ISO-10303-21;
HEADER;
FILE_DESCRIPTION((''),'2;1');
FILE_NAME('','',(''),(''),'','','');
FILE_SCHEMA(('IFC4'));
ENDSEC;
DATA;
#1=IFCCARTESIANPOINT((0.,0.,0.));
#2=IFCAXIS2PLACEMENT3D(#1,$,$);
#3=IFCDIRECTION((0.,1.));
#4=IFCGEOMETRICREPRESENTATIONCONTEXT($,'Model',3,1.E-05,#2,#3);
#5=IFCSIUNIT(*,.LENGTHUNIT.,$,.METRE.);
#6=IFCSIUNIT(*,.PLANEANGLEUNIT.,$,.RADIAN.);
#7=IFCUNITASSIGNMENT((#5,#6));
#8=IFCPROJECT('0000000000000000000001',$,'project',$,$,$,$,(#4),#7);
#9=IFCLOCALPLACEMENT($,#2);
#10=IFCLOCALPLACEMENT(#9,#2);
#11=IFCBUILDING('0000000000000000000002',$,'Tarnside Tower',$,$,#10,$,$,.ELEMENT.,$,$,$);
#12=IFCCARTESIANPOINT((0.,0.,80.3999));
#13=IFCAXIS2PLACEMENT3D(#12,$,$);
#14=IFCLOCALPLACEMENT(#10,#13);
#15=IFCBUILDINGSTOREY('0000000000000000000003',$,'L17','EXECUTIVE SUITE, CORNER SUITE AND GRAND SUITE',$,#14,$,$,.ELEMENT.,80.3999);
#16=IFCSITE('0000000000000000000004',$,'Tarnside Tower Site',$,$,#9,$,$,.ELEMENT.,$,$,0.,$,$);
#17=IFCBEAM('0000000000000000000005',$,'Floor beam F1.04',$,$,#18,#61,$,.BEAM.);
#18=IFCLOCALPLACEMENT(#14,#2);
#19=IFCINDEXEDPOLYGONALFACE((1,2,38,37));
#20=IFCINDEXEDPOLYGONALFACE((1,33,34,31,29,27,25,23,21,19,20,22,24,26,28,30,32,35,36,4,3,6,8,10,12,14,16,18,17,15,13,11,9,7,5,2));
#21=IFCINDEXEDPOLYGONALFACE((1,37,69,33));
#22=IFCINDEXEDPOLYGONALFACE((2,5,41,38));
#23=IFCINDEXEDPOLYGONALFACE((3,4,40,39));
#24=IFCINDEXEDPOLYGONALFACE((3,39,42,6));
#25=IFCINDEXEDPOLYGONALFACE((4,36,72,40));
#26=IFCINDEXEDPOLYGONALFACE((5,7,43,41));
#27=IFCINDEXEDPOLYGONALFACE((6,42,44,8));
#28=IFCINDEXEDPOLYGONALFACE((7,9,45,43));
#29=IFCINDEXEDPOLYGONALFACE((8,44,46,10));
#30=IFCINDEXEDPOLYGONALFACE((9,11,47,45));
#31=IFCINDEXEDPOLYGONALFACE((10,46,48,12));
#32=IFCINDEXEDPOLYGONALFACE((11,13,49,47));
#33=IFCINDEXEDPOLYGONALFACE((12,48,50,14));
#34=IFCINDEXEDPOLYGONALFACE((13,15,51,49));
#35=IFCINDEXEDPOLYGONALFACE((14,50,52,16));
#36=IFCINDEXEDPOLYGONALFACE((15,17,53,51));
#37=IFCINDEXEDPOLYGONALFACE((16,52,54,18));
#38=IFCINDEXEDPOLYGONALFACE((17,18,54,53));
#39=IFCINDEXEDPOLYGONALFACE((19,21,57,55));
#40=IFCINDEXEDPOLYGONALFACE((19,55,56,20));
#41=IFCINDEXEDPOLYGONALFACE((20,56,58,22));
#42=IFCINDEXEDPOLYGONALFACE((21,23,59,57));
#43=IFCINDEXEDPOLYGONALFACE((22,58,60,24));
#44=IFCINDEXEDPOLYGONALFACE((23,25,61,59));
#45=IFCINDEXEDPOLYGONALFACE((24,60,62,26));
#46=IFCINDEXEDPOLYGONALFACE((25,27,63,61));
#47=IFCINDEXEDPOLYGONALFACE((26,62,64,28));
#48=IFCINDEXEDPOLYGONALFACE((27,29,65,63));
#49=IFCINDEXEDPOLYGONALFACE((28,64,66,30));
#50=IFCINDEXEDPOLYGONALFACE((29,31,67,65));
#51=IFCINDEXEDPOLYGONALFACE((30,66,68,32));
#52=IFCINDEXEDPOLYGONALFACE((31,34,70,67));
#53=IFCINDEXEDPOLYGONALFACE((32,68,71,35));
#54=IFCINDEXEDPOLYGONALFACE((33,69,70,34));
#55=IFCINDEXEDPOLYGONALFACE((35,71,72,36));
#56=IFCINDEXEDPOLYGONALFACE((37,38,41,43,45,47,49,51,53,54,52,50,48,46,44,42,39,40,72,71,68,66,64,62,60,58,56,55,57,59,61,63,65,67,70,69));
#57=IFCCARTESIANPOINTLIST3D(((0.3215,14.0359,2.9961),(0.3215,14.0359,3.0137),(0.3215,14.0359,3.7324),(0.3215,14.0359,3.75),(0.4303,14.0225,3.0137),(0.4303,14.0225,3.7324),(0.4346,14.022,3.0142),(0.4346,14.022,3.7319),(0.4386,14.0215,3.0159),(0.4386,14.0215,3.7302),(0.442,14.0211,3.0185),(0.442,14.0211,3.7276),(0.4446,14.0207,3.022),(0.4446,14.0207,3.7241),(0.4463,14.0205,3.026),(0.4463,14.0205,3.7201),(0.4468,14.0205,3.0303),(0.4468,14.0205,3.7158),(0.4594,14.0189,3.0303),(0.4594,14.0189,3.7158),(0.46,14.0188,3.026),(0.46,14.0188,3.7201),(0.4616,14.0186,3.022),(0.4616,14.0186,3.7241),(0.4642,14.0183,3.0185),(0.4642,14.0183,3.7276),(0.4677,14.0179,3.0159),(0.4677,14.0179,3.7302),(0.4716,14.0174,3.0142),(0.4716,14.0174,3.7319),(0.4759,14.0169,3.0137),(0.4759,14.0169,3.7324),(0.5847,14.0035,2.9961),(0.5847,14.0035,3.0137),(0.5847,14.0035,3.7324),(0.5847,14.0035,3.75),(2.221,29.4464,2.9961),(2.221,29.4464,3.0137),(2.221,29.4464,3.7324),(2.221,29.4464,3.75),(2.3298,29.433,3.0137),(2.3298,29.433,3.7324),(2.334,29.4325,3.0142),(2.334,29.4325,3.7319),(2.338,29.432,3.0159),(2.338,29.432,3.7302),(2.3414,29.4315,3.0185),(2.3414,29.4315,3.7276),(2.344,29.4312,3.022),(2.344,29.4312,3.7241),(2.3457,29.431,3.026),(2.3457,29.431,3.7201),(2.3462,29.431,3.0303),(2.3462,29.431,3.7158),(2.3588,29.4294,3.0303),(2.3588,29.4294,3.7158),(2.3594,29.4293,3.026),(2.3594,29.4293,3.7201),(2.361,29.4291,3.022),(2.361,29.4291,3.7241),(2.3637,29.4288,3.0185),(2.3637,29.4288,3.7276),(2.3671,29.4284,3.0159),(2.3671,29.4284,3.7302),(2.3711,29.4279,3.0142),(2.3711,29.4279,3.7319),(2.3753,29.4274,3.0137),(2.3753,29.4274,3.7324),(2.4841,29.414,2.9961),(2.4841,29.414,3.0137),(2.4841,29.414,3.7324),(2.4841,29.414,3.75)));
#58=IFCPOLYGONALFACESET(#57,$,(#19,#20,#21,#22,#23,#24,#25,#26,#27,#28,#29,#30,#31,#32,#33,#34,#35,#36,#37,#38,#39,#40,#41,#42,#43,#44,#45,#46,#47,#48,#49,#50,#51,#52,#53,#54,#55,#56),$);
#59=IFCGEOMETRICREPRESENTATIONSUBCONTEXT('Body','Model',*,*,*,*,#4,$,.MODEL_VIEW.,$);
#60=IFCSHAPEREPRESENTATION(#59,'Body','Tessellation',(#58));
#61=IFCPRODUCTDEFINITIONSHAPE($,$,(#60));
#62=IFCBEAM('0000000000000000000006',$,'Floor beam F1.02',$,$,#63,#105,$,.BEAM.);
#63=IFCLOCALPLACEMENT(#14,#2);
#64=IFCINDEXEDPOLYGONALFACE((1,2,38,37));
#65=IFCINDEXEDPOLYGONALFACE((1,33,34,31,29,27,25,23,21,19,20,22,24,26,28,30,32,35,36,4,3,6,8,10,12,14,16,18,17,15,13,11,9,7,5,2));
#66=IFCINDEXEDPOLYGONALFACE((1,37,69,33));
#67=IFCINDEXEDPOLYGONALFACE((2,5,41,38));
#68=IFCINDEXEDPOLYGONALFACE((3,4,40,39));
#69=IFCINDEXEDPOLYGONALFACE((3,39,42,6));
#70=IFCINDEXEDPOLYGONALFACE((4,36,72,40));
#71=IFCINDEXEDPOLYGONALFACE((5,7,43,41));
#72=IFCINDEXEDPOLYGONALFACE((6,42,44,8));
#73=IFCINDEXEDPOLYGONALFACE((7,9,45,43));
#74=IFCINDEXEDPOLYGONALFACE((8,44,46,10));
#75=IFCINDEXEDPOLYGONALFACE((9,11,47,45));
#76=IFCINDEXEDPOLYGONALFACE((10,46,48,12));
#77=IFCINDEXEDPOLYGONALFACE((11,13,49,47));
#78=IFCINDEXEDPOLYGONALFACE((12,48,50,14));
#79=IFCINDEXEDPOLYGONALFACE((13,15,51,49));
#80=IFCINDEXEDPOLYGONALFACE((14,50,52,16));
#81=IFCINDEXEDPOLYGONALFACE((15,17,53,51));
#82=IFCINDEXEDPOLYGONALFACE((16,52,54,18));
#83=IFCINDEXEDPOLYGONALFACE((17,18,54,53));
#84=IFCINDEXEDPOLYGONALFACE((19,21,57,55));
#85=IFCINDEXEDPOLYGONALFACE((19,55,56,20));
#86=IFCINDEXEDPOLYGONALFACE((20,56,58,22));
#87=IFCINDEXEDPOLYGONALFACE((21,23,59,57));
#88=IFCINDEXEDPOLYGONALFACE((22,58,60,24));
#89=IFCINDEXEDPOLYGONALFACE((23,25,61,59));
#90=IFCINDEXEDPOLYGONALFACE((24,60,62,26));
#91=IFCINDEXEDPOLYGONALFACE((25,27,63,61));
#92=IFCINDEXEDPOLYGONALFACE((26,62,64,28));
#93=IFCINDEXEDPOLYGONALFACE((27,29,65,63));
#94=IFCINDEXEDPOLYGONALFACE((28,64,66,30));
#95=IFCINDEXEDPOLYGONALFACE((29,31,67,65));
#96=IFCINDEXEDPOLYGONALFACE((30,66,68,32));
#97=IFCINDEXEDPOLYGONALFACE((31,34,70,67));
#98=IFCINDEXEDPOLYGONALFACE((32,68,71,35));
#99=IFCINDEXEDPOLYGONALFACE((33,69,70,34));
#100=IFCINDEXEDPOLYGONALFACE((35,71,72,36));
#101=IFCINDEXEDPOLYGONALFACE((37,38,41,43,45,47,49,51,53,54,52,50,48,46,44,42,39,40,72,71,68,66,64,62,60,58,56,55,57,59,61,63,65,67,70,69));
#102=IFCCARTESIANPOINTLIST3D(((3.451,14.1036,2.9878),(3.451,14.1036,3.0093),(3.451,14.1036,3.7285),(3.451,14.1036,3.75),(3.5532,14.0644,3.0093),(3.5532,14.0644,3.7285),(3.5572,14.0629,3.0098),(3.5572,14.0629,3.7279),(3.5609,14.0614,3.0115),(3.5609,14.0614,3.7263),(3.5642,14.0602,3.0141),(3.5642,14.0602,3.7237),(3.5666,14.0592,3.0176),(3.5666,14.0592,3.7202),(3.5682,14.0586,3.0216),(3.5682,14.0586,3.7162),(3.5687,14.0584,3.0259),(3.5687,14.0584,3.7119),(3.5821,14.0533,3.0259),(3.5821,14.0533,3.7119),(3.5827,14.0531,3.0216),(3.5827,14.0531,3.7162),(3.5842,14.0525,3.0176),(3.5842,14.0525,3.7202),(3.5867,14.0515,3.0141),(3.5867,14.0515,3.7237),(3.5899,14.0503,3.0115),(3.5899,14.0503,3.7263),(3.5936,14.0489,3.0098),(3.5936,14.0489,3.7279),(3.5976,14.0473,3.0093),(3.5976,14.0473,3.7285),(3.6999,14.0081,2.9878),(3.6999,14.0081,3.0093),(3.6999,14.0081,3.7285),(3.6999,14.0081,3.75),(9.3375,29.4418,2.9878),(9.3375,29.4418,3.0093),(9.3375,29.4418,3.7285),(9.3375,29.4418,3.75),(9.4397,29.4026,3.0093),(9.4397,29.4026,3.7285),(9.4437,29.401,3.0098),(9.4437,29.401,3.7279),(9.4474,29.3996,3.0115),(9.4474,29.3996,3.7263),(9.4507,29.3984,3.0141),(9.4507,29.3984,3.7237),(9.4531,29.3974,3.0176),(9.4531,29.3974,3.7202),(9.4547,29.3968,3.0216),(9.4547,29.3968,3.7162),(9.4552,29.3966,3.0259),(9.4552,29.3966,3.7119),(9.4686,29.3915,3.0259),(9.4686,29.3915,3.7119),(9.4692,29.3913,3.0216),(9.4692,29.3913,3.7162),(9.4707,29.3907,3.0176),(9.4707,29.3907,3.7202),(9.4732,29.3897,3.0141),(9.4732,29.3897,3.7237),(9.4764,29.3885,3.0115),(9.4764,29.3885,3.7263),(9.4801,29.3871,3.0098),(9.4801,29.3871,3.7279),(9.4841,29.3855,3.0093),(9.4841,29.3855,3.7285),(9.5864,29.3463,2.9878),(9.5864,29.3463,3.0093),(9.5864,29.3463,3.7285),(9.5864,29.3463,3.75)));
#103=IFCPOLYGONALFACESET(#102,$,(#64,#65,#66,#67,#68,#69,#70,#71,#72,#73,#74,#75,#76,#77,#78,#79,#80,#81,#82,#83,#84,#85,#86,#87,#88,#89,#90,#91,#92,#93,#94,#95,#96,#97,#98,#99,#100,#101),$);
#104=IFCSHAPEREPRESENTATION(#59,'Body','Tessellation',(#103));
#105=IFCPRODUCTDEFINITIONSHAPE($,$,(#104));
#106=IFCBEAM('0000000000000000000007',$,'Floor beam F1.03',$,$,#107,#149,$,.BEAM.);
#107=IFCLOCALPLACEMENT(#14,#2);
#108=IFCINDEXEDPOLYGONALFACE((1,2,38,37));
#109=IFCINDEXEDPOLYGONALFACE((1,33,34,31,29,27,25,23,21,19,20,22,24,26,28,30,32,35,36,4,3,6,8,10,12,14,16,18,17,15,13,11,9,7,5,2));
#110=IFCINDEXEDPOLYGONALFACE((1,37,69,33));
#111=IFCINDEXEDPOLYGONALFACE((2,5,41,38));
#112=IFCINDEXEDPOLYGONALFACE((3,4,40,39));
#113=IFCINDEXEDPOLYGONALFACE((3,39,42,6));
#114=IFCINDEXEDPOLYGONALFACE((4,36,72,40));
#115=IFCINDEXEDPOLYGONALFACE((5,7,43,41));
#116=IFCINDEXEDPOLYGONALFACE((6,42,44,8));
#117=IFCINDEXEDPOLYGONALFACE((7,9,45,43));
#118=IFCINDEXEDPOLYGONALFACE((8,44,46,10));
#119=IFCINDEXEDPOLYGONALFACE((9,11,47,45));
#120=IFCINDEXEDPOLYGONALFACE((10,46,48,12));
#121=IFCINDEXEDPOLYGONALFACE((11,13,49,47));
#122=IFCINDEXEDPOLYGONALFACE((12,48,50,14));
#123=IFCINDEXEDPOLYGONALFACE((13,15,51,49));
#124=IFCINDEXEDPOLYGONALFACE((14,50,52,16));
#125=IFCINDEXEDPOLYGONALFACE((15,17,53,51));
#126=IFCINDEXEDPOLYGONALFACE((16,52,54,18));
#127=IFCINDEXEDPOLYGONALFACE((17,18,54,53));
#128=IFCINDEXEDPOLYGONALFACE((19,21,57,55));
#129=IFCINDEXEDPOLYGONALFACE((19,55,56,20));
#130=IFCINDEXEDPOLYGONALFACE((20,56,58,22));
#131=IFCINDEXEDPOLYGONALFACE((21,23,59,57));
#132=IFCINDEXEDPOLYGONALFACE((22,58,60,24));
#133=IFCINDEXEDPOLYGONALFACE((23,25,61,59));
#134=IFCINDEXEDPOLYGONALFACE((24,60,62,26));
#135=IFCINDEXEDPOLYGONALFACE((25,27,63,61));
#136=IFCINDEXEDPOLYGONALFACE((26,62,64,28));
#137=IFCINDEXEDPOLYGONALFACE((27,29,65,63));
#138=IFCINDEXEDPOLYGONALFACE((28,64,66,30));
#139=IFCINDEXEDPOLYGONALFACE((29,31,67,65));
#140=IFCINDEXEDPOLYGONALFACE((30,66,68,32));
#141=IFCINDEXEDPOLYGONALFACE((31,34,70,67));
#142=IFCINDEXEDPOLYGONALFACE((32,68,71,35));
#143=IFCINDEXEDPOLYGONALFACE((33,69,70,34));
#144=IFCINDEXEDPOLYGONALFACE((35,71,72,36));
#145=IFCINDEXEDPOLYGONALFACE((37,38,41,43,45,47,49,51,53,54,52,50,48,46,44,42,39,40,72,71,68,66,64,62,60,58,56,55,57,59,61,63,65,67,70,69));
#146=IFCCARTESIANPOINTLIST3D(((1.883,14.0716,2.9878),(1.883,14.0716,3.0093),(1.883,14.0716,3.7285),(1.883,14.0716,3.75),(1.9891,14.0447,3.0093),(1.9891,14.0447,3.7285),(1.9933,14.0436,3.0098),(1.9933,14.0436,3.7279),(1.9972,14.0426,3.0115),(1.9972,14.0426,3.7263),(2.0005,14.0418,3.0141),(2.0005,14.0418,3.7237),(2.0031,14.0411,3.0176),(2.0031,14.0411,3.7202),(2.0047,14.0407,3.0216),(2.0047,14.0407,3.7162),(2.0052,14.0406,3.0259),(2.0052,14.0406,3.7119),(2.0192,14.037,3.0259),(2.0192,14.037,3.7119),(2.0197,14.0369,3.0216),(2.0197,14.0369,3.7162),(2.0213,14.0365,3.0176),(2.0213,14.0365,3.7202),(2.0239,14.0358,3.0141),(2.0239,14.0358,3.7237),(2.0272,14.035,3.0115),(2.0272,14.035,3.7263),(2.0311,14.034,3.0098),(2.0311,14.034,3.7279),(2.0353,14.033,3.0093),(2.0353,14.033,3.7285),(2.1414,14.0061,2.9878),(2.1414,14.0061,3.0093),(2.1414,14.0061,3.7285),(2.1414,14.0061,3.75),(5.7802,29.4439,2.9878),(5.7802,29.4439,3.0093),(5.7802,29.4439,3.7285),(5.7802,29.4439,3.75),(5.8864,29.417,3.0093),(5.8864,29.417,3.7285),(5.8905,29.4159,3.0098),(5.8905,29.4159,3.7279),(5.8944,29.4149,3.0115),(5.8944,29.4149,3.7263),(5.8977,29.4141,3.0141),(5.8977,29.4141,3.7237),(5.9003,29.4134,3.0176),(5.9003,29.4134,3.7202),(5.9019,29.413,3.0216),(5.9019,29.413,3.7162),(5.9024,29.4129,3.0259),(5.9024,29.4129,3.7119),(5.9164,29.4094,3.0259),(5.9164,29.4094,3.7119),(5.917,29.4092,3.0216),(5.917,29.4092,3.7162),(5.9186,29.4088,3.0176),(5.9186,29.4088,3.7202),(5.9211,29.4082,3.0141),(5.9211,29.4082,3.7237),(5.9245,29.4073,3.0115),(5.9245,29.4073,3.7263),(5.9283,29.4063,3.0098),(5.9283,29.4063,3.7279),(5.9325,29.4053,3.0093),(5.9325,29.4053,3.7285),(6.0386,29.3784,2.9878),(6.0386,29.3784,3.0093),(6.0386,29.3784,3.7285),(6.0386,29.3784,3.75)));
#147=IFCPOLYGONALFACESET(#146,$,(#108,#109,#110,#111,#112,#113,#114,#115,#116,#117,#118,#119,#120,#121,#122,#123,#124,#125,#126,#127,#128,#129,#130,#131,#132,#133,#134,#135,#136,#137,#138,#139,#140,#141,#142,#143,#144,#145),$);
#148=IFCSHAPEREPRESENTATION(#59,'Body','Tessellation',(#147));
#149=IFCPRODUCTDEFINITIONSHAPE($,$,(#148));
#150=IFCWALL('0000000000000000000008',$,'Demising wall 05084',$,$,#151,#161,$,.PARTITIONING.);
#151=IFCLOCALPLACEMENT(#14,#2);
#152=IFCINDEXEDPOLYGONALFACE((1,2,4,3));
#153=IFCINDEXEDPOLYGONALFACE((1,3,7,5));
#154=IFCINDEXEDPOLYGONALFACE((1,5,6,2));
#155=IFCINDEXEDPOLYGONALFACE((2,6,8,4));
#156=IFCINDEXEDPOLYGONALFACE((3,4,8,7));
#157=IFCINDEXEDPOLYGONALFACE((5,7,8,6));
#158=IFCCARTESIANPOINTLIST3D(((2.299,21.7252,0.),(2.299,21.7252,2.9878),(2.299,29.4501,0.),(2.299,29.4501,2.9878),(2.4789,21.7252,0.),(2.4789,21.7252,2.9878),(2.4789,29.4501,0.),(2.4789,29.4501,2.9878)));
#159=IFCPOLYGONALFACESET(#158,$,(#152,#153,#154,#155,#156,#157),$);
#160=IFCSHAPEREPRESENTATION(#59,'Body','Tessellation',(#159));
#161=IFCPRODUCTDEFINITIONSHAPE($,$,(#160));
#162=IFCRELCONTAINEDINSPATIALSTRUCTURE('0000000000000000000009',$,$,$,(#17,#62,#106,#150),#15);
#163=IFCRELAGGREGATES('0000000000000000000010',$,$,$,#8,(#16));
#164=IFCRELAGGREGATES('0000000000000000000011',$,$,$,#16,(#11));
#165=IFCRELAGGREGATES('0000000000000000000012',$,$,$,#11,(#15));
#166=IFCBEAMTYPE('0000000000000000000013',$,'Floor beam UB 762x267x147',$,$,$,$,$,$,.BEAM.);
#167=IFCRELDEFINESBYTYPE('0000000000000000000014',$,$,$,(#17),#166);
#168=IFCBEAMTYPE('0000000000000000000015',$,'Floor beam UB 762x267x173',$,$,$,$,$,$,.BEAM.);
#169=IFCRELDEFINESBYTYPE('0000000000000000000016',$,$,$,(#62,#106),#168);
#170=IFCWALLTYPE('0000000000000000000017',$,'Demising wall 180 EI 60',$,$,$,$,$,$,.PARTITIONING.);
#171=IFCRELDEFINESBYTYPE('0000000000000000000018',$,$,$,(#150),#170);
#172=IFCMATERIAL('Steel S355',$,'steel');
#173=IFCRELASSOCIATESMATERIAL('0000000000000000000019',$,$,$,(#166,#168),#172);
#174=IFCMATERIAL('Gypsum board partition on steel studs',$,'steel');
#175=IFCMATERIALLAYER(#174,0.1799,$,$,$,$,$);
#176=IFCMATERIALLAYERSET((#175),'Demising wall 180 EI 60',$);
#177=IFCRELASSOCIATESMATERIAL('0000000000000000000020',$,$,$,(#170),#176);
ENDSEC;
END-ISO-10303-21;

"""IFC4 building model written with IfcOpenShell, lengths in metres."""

from ifc_helpers import new_model, si_unit, direction, frame, frame_2d, origin, origin_2d, place, context, subcontext, project, spatial, rectangle, i_section, extrude, material, layer, layer_set, material_profile, profile_set, type_object, element, save


model = new_model("IFC4")

# Units and contexts
model_context = context("Model", 3, precision=1e-05, world=origin(), true_north=direction((0.0, 1.0)))
body_context = subcontext(model_context, "Body", "Model", "MODEL_VIEW")
ifc_project = project(units=[si_unit("LENGTHUNIT", "METRE"), si_unit("PLANEANGLEUNIT", "RADIAN")], contexts=[model_context])

# Site, building, storey
site_placement = place(None, origin())
site = spatial("IfcSite", under=ifc_project, at=site_placement, Name="Tarnside Tower Site", CompositionType="ELEMENT", RefElevation=0.0)
building_placement = place(site_placement, origin())
building = spatial("IfcBuilding", under=site, at=building_placement, Name="Tarnside Tower", CompositionType="ELEMENT")
storey_placement = place(building_placement, frame((0.0, 0.0, 80.3999)))
storey = spatial("IfcBuildingStorey", under=building, at=storey_placement, Name="L17", Description="EXECUTIVE SUITE, CORNER SUITE AND GRAND SUITE", CompositionType="ELEMENT", Elevation=80.3999)

# Beams
ifc_material_1 = material(Name="Steel S355", Category="steel")
ifc_material_profile_1 = material_profile(ifc_material_1, i_section(OverallWidth=0.2651, OverallDepth=0.7539, WebThickness=0.0127, FlangeThickness=0.0176, FilletRadius=0.0166, at=origin_2d()), Name="UB 762x267x147")
ifc_profile_set_1 = profile_set([ifc_material_profile_1], Name="Steel S355")
beam_type_1 = type_object("IfcBeamType", Name="Floor beam UB 762x267x147", PredefinedType="BEAM", material=ifc_profile_set_1)
beam_1_placement = place(storey_placement, frame((2.3525, 29.4302, 3.373), z_axis=(-0.12233, -0.99249, 0.0), x_axis=(0.99249, -0.12233, 0.0)))
element("IfcBeam", 1, at=beam_1_placement, inside=storey, type_object=beam_type_1, Name="Floor beam F1.04", PredefinedType="BEAM", context=body_context, shape_type="SweptSolid", body=[
    extrude(i_section(OverallWidth=0.2651, OverallDepth=0.7539, WebThickness=0.0127, FlangeThickness=0.0176, FilletRadius=0.0166, at=origin_2d()), origin(), (0.0, 0.0, 1.0), 15.5271),
])
ifc_material_profile_2 = material_profile(ifc_material_1, i_section(OverallWidth=0.2666, OverallDepth=0.7622, WebThickness=0.0144, FlangeThickness=0.0215, FilletRadius=0.0166, at=origin_2d()), Name="UB 762x267x173")
ifc_profile_set_2 = profile_set([ifc_material_profile_2], Name="Steel S355")
beam_type_2 = type_object("IfcBeamType", Name="Floor beam UB 762x267x173", PredefinedType="BEAM", material=ifc_profile_set_2)
beam_2_placement = place(storey_placement, frame((9.4619, 29.394, 3.3689), z_axis=(-0.3583, -0.933607, 0.0), x_axis=(0.933607, -0.3583, 0.0)))
element("IfcBeam", 2, at=beam_2_placement, inside=storey, type_object=beam_type_2, Name="Floor beam F1.02", PredefinedType="BEAM", context=body_context, shape_type="SweptSolid", body=[
    extrude(i_section(OverallWidth=0.2666, OverallDepth=0.7622, WebThickness=0.0144, FlangeThickness=0.0215, FilletRadius=0.0166, at=origin_2d()), origin(), (0.0, 0.0, 1.0), 16.429),
])
beam_3_placement = place(storey_placement, frame((5.9094, 29.4111, 3.3689), z_axis=(-0.245747, -0.969334, 0.0), x_axis=(0.969334, -0.245747, 0.0)))
element("IfcBeam", 3, at=beam_3_placement, inside=storey, type_object=beam_type_2, Name="Floor beam F1.03", PredefinedType="BEAM", context=body_context, shape_type="SweptSolid", body=[
    extrude(i_section(OverallWidth=0.2666, OverallDepth=0.7622, WebThickness=0.0144, FlangeThickness=0.0215, FilletRadius=0.0166, at=origin_2d()), origin(), (0.0, 0.0, 1.0), 15.8586),
])

# Wall
ifc_material_2 = material(Name="Gypsum board partition on steel studs", Category="steel")
ifc_layer_1 = layer(ifc_material_2, 0.1799)
ifc_layer_set_1 = layer_set([ifc_layer_1], Name="Demising wall 180 EI 60")
wall_type_1 = type_object("IfcWallType", Name="Demising wall 180 EI 60", PredefinedType="PARTITIONING", material=ifc_layer_set_1)
wall_1_placement = place(storey_placement, frame((2.3889, 29.45, 0.0), z_axis=(0.0, 0.0, 1.0), x_axis=(0.0, -1.0, 0.0)))
element("IfcWall", 4, at=wall_1_placement, inside=storey, type_object=wall_type_1, Name="Demising wall 05084", PredefinedType="PARTITIONING", context=body_context, shape_type="SweptSolid", body=[
    extrude(rectangle(XDim=7.7249, YDim=0.1799, at=frame_2d((3.8623, 0.0))), origin(), (0.0, 0.0, 1.0), 2.9878),
])

save(model, "model.ifc")
